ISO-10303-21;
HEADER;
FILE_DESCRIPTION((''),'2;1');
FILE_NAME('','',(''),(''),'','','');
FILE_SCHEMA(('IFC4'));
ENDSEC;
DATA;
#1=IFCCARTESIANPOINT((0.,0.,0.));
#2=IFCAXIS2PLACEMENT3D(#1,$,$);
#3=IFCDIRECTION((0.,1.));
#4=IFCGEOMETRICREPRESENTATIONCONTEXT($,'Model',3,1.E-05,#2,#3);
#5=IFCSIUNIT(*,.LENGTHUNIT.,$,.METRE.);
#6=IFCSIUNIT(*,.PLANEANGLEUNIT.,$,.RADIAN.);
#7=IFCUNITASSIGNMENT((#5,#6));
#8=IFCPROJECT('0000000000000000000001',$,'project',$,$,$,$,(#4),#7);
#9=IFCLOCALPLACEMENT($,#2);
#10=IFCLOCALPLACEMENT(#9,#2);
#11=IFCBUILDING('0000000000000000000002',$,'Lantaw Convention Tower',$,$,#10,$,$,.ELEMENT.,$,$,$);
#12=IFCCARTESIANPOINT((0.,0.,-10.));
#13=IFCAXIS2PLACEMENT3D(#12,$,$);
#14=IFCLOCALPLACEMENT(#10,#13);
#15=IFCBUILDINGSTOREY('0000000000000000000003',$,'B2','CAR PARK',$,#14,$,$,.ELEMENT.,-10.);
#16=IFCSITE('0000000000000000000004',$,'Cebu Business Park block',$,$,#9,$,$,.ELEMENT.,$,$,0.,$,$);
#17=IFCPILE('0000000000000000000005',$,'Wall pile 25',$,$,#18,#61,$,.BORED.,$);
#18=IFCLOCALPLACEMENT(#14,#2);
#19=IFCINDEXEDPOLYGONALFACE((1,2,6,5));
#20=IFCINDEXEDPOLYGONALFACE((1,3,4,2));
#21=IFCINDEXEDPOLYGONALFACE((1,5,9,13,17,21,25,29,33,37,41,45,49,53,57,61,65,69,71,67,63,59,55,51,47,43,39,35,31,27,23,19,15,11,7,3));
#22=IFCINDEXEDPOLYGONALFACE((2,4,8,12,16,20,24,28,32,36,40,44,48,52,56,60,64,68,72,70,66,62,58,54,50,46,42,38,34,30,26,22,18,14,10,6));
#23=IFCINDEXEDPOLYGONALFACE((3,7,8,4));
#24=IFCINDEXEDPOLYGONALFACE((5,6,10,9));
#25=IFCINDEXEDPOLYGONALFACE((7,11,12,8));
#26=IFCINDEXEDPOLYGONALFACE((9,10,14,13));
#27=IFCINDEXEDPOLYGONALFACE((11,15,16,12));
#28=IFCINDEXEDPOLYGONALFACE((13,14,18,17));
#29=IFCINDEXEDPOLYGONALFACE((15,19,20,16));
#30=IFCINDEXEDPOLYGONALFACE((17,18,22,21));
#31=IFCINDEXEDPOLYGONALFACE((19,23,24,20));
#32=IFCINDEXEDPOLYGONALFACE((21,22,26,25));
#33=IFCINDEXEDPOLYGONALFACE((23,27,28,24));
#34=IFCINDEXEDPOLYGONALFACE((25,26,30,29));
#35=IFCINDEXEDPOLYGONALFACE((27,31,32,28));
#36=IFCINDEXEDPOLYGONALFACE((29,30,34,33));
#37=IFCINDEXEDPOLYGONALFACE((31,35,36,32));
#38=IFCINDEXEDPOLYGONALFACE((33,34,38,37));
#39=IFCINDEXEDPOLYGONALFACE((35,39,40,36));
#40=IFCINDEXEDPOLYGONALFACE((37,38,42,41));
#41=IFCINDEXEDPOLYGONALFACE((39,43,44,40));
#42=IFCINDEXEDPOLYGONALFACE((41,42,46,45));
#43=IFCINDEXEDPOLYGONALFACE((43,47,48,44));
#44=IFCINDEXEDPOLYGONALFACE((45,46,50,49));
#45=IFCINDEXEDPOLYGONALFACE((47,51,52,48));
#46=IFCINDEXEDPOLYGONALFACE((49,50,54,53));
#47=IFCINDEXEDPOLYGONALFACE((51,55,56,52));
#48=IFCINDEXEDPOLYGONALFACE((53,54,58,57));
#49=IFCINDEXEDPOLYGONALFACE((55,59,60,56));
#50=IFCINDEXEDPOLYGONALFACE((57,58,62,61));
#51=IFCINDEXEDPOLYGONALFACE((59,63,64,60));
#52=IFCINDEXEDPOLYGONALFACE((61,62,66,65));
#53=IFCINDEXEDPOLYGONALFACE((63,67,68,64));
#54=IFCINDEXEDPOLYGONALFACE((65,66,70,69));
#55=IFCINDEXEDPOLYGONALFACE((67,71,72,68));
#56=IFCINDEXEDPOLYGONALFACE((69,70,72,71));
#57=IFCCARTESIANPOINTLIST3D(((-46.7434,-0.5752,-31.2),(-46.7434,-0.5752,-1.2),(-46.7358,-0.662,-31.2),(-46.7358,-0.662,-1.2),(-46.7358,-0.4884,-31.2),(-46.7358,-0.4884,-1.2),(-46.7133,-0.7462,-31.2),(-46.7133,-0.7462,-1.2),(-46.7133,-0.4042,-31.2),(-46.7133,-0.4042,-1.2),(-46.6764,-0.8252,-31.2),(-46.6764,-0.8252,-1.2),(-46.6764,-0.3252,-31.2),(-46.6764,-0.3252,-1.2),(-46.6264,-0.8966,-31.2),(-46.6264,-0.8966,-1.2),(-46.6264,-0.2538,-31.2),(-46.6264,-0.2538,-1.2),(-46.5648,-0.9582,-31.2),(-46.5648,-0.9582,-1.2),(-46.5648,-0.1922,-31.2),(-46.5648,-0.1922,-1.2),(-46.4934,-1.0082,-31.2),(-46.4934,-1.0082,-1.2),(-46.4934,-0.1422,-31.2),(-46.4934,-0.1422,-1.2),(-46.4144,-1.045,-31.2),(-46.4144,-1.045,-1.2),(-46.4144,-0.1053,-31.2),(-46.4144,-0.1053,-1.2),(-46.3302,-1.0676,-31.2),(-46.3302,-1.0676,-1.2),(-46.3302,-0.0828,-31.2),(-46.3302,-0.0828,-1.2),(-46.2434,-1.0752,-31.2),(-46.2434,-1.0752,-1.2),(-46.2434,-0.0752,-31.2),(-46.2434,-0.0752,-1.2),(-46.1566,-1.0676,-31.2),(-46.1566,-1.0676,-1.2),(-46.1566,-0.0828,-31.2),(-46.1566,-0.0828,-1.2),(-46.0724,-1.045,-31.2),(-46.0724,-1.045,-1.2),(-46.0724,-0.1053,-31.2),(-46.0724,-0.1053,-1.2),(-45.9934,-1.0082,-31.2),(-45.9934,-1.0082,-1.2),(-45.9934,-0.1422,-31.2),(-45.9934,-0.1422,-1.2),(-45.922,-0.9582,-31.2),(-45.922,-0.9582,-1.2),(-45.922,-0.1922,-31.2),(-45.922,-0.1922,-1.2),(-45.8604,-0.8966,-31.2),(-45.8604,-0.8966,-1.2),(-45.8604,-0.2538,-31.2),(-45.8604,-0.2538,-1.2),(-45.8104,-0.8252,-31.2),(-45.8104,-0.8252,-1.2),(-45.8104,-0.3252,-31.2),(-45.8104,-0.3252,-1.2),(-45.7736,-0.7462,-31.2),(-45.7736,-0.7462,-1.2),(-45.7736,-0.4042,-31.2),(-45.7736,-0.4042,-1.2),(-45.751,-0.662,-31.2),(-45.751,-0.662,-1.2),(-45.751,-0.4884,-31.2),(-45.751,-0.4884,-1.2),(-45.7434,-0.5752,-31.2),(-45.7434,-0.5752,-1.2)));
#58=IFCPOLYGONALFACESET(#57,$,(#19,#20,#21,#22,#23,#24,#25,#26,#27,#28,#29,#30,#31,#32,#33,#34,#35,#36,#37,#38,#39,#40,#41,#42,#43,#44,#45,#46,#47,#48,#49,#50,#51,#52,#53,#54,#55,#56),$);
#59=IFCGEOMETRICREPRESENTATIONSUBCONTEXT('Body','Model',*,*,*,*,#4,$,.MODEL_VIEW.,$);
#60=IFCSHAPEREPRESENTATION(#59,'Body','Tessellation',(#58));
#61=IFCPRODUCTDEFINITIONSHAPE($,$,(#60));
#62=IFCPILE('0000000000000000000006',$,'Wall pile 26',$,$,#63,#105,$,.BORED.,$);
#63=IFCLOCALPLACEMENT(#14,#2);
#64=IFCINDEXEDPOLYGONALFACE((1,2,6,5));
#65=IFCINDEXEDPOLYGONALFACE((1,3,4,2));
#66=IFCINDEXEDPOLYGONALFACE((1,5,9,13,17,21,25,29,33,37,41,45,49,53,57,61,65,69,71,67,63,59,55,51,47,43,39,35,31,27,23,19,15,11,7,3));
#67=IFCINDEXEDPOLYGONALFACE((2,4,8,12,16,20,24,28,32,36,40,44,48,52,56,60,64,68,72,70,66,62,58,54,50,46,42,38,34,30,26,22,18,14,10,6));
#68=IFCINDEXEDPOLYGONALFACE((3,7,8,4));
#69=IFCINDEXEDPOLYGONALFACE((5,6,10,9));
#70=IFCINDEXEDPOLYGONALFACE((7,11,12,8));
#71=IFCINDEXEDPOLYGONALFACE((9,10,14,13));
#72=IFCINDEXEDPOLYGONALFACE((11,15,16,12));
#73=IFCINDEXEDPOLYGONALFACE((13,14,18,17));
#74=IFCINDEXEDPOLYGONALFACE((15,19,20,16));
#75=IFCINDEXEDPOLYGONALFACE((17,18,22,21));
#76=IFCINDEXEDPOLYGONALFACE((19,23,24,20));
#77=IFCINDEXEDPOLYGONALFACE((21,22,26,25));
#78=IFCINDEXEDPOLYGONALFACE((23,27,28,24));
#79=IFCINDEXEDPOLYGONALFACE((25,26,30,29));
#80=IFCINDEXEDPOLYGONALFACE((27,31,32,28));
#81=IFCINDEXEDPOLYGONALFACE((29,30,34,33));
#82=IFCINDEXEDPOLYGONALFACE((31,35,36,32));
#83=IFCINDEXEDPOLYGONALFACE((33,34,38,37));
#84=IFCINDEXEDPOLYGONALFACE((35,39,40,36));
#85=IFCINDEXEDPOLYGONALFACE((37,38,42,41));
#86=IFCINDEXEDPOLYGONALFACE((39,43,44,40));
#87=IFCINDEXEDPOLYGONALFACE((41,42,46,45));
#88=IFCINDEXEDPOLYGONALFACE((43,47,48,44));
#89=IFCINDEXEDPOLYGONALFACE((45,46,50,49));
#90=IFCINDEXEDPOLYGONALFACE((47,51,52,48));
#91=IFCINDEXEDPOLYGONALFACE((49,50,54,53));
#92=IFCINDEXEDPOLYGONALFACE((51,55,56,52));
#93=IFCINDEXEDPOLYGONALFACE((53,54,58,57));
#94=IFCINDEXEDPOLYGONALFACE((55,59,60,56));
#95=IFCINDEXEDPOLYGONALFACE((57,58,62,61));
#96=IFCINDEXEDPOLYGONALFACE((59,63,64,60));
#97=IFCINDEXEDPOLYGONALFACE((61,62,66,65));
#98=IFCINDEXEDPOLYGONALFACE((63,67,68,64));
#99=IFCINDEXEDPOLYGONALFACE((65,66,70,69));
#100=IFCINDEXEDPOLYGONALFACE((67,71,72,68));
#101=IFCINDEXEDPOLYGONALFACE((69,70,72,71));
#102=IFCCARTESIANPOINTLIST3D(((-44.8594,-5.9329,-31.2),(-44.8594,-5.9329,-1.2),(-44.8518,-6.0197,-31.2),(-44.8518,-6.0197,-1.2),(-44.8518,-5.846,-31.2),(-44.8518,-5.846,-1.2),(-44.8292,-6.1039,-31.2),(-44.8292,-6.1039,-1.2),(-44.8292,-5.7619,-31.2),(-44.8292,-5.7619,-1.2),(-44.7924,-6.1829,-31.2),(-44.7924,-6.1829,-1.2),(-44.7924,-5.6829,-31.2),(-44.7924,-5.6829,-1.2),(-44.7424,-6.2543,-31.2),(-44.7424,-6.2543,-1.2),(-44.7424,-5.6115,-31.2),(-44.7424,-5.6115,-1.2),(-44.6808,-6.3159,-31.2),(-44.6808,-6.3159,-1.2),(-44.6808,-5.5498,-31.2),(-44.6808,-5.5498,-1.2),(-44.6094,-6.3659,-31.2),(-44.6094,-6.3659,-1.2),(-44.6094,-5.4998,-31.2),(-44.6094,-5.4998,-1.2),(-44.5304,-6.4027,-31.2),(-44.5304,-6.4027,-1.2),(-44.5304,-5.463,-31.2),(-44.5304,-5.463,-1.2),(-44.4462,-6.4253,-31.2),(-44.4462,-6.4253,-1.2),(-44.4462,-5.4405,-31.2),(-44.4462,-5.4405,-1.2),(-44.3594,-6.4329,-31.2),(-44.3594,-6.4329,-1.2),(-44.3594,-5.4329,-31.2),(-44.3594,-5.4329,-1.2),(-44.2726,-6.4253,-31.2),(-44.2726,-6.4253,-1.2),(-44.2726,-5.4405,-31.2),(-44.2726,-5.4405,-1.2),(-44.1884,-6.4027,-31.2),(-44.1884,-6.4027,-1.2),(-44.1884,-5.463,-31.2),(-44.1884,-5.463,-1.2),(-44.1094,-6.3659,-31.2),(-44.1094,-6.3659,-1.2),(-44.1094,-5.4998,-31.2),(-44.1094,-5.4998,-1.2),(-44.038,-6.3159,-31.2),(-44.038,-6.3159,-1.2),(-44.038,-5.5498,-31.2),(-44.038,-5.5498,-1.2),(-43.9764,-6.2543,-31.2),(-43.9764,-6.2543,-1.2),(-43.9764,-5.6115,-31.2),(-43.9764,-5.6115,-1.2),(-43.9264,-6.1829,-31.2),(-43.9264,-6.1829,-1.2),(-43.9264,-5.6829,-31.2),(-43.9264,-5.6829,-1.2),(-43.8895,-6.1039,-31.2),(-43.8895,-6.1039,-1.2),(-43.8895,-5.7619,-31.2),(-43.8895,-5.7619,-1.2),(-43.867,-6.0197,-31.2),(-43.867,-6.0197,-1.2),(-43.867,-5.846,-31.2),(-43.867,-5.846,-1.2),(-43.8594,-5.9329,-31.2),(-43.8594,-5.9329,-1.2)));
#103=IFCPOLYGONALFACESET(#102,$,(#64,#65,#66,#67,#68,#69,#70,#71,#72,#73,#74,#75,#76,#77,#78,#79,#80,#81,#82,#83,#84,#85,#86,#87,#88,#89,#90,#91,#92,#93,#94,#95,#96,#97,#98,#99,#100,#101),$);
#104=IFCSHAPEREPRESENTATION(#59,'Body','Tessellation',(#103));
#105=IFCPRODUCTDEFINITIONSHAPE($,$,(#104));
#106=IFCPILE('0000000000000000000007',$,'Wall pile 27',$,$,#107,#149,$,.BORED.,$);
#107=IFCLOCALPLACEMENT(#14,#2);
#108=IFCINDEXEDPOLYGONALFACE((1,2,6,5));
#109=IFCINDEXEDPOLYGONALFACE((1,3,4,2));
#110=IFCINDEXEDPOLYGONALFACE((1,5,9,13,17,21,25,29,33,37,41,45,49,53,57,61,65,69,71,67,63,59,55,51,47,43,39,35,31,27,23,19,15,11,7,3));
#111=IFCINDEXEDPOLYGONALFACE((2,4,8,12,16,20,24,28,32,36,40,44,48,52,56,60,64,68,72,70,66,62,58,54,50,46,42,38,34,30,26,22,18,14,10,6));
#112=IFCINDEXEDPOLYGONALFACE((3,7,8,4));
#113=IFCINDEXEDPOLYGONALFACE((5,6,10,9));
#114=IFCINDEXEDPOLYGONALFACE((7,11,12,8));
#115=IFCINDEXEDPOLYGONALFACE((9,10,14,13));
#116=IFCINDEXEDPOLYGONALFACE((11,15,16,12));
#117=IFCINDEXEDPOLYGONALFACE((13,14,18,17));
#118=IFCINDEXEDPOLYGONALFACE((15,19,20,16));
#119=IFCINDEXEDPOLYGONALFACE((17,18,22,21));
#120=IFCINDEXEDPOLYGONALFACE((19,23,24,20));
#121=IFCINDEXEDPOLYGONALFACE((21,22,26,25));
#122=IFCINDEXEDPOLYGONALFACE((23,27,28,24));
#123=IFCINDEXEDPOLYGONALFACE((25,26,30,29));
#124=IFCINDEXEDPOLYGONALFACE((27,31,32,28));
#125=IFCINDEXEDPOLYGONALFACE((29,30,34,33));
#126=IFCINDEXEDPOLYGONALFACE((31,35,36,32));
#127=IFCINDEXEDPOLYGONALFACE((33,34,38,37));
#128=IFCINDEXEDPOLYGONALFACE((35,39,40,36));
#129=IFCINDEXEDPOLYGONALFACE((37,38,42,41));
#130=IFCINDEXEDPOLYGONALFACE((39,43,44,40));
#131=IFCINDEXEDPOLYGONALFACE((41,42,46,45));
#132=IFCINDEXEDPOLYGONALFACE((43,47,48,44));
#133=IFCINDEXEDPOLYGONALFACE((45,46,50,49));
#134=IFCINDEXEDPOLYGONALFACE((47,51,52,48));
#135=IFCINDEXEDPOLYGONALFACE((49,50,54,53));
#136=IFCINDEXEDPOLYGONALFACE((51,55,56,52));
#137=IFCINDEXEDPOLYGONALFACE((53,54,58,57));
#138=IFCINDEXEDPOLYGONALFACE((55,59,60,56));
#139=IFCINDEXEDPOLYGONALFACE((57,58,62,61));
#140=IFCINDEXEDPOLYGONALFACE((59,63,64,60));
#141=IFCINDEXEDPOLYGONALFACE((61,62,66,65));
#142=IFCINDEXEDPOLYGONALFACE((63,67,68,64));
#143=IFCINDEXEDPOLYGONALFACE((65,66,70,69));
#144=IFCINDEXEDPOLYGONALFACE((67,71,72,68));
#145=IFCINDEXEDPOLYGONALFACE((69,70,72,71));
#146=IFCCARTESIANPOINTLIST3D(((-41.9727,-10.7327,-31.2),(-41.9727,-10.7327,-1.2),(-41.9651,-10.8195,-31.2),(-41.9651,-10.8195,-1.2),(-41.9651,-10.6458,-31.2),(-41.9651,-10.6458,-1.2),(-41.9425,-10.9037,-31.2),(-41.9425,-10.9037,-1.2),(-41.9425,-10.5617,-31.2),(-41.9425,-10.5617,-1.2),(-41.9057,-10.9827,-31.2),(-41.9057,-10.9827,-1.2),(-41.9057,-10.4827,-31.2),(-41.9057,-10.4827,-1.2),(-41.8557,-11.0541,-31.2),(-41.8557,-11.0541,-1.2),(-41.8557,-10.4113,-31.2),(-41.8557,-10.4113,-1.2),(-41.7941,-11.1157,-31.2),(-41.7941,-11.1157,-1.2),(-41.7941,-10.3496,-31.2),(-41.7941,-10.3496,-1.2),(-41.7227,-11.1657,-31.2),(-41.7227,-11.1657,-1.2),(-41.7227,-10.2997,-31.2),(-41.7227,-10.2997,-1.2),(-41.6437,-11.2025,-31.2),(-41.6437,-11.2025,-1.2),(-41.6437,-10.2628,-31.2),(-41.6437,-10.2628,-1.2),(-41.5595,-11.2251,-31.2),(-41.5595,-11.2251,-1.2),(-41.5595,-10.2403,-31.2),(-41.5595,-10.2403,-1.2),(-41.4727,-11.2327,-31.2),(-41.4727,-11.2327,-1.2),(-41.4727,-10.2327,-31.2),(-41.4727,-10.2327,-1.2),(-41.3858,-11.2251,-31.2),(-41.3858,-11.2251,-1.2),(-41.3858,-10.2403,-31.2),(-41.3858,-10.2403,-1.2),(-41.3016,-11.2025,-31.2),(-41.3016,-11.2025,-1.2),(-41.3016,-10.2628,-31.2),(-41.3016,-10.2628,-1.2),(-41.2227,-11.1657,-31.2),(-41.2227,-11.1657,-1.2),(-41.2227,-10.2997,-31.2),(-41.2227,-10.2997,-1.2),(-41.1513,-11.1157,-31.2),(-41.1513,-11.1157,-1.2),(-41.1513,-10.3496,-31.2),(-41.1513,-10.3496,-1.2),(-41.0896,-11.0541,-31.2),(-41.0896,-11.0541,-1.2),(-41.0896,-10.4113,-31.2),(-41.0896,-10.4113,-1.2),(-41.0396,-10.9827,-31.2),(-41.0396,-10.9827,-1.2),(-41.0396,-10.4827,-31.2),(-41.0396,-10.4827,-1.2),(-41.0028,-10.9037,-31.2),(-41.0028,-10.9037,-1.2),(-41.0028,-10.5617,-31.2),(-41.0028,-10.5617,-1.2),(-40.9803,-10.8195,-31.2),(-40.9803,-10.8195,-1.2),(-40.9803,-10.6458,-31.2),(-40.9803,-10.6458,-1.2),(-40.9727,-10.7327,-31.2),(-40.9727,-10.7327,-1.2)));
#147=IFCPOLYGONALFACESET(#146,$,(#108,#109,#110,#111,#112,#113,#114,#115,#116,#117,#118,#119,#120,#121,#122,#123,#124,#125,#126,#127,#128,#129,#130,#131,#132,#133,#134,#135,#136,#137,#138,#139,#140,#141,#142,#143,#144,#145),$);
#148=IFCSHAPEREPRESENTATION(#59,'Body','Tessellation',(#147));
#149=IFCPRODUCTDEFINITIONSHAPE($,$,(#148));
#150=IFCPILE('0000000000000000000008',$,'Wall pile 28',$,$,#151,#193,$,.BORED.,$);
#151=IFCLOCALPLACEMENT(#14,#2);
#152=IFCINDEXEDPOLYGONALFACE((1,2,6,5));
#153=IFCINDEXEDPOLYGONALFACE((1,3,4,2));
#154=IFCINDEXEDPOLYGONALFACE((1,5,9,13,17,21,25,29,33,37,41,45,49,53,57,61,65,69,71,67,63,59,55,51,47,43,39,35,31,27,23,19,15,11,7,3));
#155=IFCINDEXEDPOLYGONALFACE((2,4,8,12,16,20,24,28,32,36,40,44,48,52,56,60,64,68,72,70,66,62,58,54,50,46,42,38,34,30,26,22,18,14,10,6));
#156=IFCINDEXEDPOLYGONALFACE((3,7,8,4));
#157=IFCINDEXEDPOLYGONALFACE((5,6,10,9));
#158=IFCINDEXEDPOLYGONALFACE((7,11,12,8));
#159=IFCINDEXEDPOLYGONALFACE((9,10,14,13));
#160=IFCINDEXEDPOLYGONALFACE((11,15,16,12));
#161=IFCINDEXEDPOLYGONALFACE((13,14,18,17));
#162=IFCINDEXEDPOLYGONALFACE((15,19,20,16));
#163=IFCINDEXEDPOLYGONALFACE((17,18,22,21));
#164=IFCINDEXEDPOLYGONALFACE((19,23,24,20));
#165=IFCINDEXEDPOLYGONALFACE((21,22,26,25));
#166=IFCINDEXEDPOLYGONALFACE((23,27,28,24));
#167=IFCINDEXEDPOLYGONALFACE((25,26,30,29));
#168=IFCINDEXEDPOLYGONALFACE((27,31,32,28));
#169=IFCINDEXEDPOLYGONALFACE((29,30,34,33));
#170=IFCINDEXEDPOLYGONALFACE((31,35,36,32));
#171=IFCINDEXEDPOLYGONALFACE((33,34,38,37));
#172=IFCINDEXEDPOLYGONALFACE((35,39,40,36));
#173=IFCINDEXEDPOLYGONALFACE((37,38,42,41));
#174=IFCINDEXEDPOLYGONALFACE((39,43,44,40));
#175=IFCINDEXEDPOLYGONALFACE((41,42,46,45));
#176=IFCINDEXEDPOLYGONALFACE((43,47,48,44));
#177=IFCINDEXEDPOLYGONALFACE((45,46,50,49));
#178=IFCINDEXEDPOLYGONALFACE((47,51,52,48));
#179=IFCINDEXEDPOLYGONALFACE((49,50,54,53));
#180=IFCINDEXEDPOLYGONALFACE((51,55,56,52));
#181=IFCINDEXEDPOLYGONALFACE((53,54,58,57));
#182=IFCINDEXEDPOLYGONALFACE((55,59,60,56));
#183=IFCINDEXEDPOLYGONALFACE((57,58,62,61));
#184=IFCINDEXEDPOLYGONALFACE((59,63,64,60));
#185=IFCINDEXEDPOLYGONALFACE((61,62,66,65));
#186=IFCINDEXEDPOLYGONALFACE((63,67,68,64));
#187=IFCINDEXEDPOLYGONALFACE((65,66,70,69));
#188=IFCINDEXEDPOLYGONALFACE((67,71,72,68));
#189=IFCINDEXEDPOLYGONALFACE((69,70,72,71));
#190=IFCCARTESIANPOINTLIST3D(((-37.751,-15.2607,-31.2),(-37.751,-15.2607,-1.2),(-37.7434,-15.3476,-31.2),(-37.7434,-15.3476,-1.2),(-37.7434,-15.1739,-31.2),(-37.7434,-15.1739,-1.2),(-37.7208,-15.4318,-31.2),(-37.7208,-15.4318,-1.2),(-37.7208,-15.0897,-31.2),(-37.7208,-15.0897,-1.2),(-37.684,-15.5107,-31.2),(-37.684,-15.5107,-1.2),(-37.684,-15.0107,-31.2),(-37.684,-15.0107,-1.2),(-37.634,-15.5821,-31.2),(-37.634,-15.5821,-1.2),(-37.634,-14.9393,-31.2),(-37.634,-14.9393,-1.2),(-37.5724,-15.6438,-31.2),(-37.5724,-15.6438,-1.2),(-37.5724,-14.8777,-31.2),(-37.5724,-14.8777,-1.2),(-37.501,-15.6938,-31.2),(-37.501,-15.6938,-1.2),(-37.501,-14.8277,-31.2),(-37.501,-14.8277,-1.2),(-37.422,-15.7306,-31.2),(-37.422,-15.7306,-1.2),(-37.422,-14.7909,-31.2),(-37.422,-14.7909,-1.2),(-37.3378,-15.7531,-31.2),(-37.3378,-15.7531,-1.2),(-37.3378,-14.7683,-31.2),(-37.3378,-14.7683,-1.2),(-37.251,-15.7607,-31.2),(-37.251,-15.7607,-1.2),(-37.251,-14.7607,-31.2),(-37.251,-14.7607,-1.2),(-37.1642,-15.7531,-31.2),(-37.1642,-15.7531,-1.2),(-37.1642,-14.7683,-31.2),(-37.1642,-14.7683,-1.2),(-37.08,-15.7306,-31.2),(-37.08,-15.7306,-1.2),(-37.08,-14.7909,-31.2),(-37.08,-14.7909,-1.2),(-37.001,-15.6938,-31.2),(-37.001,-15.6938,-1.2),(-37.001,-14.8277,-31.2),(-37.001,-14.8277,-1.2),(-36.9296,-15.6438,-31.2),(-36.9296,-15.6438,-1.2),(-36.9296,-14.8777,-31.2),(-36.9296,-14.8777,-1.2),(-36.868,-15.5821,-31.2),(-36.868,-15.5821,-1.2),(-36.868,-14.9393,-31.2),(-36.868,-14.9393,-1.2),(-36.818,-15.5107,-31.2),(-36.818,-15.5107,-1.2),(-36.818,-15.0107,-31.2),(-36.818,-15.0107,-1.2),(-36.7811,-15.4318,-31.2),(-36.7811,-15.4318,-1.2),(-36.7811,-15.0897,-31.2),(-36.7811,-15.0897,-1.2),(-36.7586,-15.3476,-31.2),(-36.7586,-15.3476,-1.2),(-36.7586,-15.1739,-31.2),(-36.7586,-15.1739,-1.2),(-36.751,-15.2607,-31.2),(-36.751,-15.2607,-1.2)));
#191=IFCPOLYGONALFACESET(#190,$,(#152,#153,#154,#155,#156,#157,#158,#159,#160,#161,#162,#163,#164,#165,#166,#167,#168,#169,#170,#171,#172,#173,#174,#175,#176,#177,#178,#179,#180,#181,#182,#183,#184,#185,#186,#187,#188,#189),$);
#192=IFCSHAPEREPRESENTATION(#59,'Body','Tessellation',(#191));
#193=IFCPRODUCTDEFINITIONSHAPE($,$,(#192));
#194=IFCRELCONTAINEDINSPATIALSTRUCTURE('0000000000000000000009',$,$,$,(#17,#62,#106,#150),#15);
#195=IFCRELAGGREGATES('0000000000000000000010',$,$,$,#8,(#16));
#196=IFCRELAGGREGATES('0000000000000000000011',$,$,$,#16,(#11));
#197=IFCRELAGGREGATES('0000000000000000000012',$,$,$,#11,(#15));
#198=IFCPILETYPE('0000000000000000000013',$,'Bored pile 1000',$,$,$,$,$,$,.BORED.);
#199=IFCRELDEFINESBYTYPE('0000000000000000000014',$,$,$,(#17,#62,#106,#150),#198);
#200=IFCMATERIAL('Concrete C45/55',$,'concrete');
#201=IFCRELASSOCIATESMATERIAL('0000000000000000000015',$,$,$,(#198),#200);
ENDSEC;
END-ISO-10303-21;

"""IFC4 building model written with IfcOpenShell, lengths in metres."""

from ifc_helpers import new_model, si_unit, direction, frame, origin, origin_2d, place, context, subcontext, project, spatial, circle, extrude, material, material_profile, profile_set, type_object, element, save


model = new_model("IFC4")

# Units and contexts
model_context = context("Model", 3, precision=1e-05, world=origin(), true_north=direction((0.0, 1.0)))
body_context = subcontext(model_context, "Body", "Model", "MODEL_VIEW")
ifc_project = project(units=[si_unit("LENGTHUNIT", "METRE"), si_unit("PLANEANGLEUNIT", "RADIAN")], contexts=[model_context])

# Site, building, storey
site_placement = place(None, origin())
site = spatial("IfcSite", under=ifc_project, at=site_placement, Name="Cebu Business Park block", CompositionType="ELEMENT", RefElevation=0.0)
building_placement = place(site_placement, origin())
building = spatial("IfcBuilding", under=site, at=building_placement, Name="Lantaw Convention Tower", CompositionType="ELEMENT")
storey_placement = place(building_placement, frame((0.0, 0.0, -10.0)))
storey = spatial("IfcBuildingStorey", under=building, at=storey_placement, Name="B2", Description="CAR PARK", CompositionType="ELEMENT", Elevation=-10.0)

# Piles
ifc_material_1 = material(Name="Concrete C45/55", Category="concrete")
ifc_material_profile_1 = material_profile(ifc_material_1, circle(Radius=0.5, at=origin_2d()), Name="Bored pile 1000")
ifc_profile_set_1 = profile_set([ifc_material_profile_1], Name="Concrete C45/55")
pile_type_1 = type_object("IfcPileType", Name="Bored pile 1000", PredefinedType="BORED", material=ifc_profile_set_1)
for number, where, z_axis, x_axis, name in (
    (1, (-46.2434, -0.5752, -1.2), (0.0, 0.0, -1.0), (1.0, 0.0, 0.0), "Wall pile 25"),
    (2, (-44.3594, -5.9329, -1.2), (0.0, 0.0, -1.0), (1.0, 0.0, 0.0), "Wall pile 26"),
    (3, (-41.4727, -10.7327, -1.2), (0.0, 0.0, -1.0), (1.0, 0.0, 0.0), "Wall pile 27"),
    (4, (-37.251, -15.2607, -1.2), (0.0, 0.0, -1.0), (1.0, 0.0, 0.0), "Wall pile 28"),
):
    element("IfcPile", number, at=place(storey_placement, frame(where, z_axis=z_axis, x_axis=x_axis)), inside=storey, type_object=pile_type_1, Name=name, PredefinedType="BORED", context=body_context, shape_type="SweptSolid", body=[
        extrude(circle(Radius=0.5, at=origin_2d()), origin(), (0.0, 0.0, 1.0), 30.0),
    ])

save(model, "model.ifc")
